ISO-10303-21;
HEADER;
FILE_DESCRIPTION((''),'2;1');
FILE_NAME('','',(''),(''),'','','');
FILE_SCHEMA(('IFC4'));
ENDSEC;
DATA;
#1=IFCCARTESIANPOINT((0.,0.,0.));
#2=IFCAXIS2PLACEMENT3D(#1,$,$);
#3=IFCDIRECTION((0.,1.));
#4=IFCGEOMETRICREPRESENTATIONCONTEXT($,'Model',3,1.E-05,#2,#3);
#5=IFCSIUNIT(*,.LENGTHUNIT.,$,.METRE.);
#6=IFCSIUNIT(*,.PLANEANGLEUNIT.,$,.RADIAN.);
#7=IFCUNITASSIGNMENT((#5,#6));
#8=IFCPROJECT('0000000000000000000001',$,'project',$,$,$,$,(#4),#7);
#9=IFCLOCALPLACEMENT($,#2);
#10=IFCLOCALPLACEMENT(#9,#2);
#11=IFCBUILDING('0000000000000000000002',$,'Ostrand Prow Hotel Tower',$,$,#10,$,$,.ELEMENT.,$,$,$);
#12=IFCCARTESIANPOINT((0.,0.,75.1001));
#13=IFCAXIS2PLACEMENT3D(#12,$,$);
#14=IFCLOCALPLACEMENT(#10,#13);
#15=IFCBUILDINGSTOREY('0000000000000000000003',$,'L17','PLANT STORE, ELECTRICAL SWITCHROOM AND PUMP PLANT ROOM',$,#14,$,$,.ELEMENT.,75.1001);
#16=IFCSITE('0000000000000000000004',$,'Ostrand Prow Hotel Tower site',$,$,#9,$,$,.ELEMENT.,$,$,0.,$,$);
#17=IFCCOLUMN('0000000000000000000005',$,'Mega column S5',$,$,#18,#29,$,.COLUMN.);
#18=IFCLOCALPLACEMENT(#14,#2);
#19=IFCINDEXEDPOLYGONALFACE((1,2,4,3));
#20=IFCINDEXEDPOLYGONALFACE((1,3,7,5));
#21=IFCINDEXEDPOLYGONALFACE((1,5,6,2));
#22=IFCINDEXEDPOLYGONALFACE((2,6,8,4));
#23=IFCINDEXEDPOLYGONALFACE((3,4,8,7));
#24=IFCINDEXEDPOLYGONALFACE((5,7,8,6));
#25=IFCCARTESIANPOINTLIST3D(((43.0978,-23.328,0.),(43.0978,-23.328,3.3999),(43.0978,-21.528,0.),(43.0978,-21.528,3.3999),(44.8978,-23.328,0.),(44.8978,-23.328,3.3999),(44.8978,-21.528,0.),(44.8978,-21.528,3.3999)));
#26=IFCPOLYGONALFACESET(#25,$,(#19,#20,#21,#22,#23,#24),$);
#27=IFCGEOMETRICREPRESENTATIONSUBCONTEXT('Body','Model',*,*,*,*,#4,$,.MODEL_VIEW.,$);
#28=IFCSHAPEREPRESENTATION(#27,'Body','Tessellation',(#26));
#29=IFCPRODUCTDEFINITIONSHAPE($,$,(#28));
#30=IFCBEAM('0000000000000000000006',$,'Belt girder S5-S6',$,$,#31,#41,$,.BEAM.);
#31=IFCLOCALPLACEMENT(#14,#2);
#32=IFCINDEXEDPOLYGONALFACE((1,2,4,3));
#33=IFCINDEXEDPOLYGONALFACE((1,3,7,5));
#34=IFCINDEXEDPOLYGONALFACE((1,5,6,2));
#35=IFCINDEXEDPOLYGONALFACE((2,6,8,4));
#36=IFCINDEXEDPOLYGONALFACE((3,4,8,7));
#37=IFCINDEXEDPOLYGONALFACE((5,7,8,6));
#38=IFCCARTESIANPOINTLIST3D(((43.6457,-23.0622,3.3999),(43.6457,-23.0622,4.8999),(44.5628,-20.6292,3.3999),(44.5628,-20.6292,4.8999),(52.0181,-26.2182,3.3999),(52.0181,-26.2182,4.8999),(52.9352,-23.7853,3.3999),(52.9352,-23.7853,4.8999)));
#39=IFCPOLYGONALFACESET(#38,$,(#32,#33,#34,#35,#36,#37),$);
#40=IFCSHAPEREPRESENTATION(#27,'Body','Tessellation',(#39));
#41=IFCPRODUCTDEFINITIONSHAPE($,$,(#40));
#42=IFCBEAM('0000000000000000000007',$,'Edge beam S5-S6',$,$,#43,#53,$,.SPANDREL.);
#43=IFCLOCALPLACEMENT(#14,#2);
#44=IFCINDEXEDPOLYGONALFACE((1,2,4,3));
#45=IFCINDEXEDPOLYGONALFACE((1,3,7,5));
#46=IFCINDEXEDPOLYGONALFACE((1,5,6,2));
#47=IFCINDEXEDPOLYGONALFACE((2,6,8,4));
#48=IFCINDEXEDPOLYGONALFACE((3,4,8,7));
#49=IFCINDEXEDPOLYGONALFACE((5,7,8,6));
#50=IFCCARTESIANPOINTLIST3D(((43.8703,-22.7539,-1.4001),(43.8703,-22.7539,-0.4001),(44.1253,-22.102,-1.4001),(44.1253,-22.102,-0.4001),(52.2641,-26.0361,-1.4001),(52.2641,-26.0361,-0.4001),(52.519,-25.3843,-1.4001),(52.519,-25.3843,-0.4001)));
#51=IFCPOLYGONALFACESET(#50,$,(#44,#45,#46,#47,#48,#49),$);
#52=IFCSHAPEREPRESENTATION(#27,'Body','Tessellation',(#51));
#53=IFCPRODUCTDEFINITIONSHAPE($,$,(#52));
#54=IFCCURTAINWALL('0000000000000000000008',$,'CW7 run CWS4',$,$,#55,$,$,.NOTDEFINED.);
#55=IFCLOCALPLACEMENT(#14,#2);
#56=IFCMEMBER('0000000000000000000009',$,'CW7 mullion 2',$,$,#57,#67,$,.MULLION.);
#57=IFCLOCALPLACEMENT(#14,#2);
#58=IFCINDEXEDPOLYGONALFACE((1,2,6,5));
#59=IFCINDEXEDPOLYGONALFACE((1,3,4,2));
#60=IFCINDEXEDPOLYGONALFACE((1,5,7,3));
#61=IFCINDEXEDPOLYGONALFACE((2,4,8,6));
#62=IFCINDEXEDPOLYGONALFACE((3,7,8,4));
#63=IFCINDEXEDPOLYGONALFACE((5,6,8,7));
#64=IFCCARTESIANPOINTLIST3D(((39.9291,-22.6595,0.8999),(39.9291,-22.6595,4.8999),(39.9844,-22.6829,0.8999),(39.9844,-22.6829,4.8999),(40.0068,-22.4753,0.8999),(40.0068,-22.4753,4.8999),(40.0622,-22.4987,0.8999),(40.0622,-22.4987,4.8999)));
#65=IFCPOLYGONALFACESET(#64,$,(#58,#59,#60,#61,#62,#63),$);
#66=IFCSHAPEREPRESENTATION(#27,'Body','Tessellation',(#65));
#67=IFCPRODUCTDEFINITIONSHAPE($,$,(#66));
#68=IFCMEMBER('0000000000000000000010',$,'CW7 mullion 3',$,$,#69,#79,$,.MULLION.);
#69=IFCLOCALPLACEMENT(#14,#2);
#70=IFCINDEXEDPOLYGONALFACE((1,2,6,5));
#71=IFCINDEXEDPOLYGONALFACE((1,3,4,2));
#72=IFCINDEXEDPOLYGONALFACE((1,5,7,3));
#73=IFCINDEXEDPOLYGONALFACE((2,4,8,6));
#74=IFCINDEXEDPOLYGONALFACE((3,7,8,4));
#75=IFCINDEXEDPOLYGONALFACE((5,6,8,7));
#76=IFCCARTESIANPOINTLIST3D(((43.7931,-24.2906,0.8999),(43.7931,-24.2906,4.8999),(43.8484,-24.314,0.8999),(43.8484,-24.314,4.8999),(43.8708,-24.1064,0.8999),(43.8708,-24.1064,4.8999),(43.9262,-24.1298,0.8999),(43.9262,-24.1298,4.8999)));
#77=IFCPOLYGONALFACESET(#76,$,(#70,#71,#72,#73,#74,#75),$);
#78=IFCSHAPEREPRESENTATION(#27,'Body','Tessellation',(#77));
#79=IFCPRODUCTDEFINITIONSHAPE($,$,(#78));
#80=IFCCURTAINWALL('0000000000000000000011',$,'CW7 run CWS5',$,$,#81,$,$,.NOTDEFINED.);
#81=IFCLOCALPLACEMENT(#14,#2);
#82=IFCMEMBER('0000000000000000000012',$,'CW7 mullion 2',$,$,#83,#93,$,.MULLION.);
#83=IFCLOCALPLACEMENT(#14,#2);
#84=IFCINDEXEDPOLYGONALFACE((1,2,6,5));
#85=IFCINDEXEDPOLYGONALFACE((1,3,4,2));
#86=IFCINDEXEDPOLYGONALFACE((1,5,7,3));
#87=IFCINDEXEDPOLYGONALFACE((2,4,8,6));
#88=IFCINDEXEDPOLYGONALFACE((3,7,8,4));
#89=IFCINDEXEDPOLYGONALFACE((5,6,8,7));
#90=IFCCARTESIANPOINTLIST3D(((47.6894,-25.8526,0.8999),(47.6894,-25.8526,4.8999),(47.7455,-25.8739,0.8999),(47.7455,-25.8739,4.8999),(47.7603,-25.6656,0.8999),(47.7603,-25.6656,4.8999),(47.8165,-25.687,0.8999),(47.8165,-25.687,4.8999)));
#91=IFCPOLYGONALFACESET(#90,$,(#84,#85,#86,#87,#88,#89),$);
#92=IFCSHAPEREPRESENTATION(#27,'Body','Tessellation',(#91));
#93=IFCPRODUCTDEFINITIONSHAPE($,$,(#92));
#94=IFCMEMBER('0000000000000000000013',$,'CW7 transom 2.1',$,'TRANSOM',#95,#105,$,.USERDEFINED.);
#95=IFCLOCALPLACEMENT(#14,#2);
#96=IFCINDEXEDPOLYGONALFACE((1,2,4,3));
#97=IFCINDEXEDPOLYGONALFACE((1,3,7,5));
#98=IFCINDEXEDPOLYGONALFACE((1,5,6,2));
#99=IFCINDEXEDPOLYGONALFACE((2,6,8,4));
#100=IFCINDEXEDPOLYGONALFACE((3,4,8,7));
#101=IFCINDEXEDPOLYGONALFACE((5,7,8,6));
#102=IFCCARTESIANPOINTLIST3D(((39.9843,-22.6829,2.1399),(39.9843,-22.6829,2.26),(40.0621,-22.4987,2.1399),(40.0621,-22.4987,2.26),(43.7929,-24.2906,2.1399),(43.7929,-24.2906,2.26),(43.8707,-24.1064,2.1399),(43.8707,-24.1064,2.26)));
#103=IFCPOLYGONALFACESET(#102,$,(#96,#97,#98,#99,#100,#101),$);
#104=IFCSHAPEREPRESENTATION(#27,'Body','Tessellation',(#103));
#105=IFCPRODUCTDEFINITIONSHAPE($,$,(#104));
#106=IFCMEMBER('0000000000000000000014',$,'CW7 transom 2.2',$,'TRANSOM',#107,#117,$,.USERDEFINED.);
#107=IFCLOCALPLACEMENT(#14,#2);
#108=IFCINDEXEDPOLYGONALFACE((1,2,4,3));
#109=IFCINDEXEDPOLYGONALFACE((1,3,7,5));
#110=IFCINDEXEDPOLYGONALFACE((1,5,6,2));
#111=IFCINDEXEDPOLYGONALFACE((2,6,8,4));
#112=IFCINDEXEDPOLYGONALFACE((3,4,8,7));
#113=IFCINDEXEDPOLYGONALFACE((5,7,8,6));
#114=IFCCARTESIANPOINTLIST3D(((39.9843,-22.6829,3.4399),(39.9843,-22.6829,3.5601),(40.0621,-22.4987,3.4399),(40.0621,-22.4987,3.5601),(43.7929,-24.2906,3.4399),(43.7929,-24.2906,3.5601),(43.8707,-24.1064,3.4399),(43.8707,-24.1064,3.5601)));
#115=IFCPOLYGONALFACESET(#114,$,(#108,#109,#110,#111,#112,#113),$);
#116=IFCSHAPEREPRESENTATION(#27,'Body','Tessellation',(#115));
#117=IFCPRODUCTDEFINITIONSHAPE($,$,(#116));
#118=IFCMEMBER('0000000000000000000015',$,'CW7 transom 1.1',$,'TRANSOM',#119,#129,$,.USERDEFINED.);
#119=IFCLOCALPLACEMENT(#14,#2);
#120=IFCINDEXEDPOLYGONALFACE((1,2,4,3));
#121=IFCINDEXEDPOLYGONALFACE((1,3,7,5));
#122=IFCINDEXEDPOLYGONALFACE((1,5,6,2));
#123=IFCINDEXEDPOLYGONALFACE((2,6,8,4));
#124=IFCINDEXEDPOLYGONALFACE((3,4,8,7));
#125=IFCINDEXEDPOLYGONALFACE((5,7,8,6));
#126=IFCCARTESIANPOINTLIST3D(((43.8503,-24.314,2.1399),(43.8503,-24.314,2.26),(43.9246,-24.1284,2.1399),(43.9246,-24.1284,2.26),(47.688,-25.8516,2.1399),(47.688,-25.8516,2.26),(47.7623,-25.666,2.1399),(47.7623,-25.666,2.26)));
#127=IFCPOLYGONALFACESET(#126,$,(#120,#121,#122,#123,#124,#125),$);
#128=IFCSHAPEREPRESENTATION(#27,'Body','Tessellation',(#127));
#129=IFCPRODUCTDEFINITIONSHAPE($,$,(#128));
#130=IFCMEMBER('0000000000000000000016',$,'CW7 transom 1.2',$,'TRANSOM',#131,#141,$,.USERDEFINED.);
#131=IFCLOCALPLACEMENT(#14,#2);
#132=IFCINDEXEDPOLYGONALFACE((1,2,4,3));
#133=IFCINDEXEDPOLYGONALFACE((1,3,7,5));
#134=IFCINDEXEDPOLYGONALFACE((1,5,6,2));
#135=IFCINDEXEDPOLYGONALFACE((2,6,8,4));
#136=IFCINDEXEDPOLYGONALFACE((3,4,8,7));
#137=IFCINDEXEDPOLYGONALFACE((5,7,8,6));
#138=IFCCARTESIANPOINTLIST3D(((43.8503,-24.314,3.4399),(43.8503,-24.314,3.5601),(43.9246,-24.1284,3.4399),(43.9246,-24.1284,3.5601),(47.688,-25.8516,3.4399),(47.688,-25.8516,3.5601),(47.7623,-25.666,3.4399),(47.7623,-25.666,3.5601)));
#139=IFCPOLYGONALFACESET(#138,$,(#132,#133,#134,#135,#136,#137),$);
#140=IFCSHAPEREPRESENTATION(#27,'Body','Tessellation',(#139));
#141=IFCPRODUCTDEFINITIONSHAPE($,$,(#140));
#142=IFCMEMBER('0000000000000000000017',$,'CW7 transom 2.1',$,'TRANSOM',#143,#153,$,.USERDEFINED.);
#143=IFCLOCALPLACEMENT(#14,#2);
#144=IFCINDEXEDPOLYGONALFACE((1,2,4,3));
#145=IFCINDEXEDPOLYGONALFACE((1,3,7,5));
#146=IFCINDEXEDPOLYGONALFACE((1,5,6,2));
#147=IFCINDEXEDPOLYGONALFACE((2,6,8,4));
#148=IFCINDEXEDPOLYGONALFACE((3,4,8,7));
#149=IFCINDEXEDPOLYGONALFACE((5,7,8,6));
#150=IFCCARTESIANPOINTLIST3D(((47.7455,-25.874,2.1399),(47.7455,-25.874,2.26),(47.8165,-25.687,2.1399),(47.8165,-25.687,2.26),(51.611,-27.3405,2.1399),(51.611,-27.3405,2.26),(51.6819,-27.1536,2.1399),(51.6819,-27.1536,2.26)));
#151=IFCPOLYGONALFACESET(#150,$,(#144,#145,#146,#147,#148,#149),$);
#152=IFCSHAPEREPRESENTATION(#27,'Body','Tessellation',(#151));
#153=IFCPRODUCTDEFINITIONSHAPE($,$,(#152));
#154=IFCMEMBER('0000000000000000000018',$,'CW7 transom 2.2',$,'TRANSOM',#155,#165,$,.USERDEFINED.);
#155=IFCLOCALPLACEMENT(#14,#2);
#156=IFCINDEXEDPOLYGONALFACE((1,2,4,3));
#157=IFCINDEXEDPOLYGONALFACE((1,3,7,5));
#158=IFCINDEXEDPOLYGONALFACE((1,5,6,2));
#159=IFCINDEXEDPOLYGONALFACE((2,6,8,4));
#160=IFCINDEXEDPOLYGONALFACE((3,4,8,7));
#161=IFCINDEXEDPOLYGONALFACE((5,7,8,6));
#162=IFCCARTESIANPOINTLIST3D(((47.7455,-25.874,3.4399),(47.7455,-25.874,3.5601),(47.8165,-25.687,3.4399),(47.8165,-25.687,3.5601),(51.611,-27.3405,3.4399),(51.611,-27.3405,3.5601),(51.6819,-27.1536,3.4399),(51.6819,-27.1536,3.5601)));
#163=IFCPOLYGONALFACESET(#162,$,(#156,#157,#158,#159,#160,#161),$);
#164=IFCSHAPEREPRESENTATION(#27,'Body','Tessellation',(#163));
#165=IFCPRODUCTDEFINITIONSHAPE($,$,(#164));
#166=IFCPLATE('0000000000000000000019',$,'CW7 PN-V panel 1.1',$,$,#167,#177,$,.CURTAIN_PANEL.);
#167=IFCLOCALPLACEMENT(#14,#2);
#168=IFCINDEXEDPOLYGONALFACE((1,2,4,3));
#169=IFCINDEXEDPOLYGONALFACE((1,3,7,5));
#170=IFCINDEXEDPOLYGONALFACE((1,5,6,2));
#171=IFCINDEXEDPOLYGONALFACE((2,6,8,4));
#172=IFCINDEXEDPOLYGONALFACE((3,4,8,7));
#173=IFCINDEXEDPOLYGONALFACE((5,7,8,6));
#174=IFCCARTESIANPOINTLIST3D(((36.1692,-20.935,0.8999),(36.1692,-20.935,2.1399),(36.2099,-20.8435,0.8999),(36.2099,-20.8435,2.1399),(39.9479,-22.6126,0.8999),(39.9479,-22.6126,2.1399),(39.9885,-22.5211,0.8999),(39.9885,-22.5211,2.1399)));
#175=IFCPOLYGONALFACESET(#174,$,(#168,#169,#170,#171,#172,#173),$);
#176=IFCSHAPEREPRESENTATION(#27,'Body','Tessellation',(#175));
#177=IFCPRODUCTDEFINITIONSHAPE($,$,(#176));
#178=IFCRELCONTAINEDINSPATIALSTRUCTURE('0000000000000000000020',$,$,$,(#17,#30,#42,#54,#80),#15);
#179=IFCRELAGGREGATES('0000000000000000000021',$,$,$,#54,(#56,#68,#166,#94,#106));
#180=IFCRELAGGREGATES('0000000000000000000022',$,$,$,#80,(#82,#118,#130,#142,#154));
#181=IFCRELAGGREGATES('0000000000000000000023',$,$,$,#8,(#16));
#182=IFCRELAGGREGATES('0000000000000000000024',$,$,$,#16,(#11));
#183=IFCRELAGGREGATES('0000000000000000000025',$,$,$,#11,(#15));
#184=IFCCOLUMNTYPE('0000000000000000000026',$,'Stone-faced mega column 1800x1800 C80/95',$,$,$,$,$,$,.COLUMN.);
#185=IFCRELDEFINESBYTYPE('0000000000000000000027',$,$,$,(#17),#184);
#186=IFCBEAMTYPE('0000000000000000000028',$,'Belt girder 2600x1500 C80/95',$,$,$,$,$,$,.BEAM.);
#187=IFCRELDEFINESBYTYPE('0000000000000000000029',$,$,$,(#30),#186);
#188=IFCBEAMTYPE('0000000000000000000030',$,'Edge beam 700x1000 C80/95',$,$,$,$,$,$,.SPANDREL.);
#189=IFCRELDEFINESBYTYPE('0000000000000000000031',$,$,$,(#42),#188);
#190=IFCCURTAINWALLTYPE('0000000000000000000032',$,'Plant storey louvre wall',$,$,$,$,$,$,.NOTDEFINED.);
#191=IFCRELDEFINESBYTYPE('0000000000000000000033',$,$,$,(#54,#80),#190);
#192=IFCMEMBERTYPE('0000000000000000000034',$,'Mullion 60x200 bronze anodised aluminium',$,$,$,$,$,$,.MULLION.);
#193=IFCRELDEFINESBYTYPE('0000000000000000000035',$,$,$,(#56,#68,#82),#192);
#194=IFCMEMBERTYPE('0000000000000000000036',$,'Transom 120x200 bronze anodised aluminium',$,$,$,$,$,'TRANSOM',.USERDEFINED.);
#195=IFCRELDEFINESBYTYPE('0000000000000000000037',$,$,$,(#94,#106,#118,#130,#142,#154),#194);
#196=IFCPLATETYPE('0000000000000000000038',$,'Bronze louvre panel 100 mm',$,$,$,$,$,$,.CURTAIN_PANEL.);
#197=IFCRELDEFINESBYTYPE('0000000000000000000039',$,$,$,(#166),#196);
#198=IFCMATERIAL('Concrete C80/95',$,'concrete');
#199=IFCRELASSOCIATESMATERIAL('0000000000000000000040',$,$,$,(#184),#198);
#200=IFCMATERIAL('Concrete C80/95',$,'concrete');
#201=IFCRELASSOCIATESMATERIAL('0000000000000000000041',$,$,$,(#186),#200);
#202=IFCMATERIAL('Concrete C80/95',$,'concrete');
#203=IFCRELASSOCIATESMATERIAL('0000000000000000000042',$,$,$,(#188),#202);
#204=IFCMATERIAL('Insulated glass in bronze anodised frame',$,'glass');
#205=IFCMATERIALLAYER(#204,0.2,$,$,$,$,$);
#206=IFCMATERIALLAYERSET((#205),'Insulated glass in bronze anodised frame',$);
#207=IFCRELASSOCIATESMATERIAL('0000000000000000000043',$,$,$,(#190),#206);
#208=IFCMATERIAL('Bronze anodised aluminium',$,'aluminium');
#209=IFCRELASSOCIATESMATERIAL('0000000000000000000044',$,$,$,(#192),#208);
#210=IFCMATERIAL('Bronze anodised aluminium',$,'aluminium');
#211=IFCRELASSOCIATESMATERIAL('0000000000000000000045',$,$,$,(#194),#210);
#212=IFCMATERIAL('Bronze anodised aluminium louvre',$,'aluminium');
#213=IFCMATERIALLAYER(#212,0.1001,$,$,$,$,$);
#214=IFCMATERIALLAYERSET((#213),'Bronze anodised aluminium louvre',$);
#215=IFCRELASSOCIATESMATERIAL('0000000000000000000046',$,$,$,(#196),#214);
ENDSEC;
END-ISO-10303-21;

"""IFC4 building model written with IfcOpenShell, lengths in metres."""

from ifc_helpers import new_model, si_unit, direction, frame, origin, origin_2d, place, context, subcontext, project, spatial, rectangle, extrude, material, layer, layer_set, material_profile, profile_set, type_object, element, aggregate, save


model = new_model("IFC4")

# Units and contexts
model_context = context("Model", 3, precision=1e-05, world=origin(), true_north=direction((0.0, 1.0)))
body_context = subcontext(model_context, "Body", "Model", "MODEL_VIEW")
ifc_project = project(units=[si_unit("LENGTHUNIT", "METRE"), si_unit("PLANEANGLEUNIT", "RADIAN")], contexts=[model_context])

# Site, building, storey
site_placement = place(None, origin())
site = spatial("IfcSite", under=ifc_project, at=site_placement, Name="Ostrand Prow Hotel Tower site", CompositionType="ELEMENT", RefElevation=0.0)
building_placement = place(site_placement, origin())
building = spatial("IfcBuilding", under=site, at=building_placement, Name="Ostrand Prow Hotel Tower", CompositionType="ELEMENT")
storey_placement = place(building_placement, frame((0.0, 0.0, 75.1001)))
storey = spatial("IfcBuildingStorey", under=building, at=storey_placement, Name="L17", Description="PLANT STORE, ELECTRICAL SWITCHROOM AND PUMP PLANT ROOM", CompositionType="ELEMENT", Elevation=75.1001)

# Column
ifc_material_1 = material(Name="Concrete C80/95", Category="concrete")
ifc_material_profile_1 = material_profile(ifc_material_1, rectangle(XDim=1.8, YDim=1.8, at=origin_2d()), Name="RC 1800x1800")
ifc_profile_set_1 = profile_set([ifc_material_profile_1], Name="Concrete C80/95")
column_type = type_object("IfcColumnType", Name="Stone-faced mega column 1800x1800 C80/95", PredefinedType="COLUMN", material=ifc_profile_set_1)
column_placement = place(storey_placement, frame((43.9978, -22.428, 0.0), z_axis=(0.0, 0.0, 1.0), x_axis=(1.0, 0.0, 0.0)))
element("IfcColumn", 1, at=column_placement, inside=storey, type_object=column_type, Name="Mega column S5", PredefinedType="COLUMN", context=body_context, shape_type="SweptSolid", body=[
    extrude(rectangle(XDim=1.8, YDim=1.8, at=origin_2d()), origin(), (0.0, 0.0, 1.0), 3.3999),
])

# Beams
ifc_material_2 = material(Name="Concrete C80/95", Category="concrete")
ifc_material_profile_2 = material_profile(ifc_material_2, rectangle(XDim=2.6001, YDim=1.5, at=origin_2d()), Name="RC 2600x1500")
ifc_profile_set_2 = profile_set([ifc_material_profile_2], Name="Concrete C80/95")
beam_type_1 = type_object("IfcBeamType", Name="Belt girder 2600x1500 C80/95", PredefinedType="BEAM", material=ifc_profile_set_2)
beam_1_placement = place(storey_placement, frame((44.1042, -21.8457, 4.1499), z_axis=(0.935726, -0.352729, 0.0), x_axis=(0.352729, 0.935726, 0.0)))
element("IfcBeam", 2, at=beam_1_placement, inside=storey, type_object=beam_type_1, Name="Belt girder S5-S6", PredefinedType="BEAM", context=body_context, shape_type="SweptSolid", body=[
    extrude(rectangle(XDim=2.6001, YDim=1.5, at=origin_2d()), origin(), (0.0, 0.0, 1.0), 8.9475),
])
ifc_material_3 = material(Name="Concrete C80/95", Category="concrete")
ifc_material_profile_3 = material_profile(ifc_material_3, rectangle(XDim=0.7, YDim=1.0, at=origin_2d()), Name="RC 700x1000")
ifc_profile_set_3 = profile_set([ifc_material_profile_3], Name="Concrete C80/95")
beam_type_2 = type_object("IfcBeamType", Name="Edge beam 700x1000 C80/95", PredefinedType="SPANDREL", material=ifc_profile_set_3)
beam_2_placement = place(storey_placement, frame((43.9978, -22.428, -0.9001), z_axis=(0.931329, -0.364178, 0.0), x_axis=(0.364178, 0.931329, 0.0)))
element("IfcBeam", 3, at=beam_2_placement, inside=storey, type_object=beam_type_2, Name="Edge beam S5-S6", PredefinedType="SPANDREL", context=body_context, shape_type="SweptSolid", body=[
    extrude(rectangle(XDim=0.7, YDim=1.0, at=origin_2d()), origin(), (0.0, 0.0, 1.0), 9.0127),
])

# Curtain wall, members
ifc_material_4 = material(Name="Insulated glass in bronze anodised frame", Category="glass")
ifc_layer_1 = layer(ifc_material_4, 0.2)
ifc_layer_set_1 = layer_set([ifc_layer_1], Name="Insulated glass in bronze anodised frame")
curtain_wall_type = type_object("IfcCurtainWallType", Name="Plant storey louvre wall", PredefinedType="NOTDEFINED", material=ifc_layer_set_1)
curtain_wall_1_placement = place(storey_placement, origin())
curtain_wall_1 = element("IfcCurtainWall", 4, at=curtain_wall_1_placement, inside=storey, type_object=curtain_wall_type, Name="CW7 run CWS4", PredefinedType="NOTDEFINED")
ifc_material_5 = material(Name="Bronze anodised aluminium", Category="aluminium")
ifc_material_profile_4 = material_profile(ifc_material_5, rectangle(XDim=0.2, YDim=0.0601, at=origin_2d()), Name="Mullion 60x200 bronze anodised aluminium")
ifc_profile_set_4 = profile_set([ifc_material_profile_4], Name="Bronze anodised aluminium")
member_type_1 = type_object("IfcMemberType", Name="Mullion 60x200 bronze anodised aluminium", PredefinedType="MULLION", material=ifc_profile_set_4)
member_1_placement = place(storey_placement, frame((39.9956, -22.5791, 0.8999), z_axis=(0.0, 0.0, 1.0), x_axis=(0.388892, 0.921283, 0.0)))
member_1 = element("IfcMember", 5, at=member_1_placement, type_object=member_type_1, Name="CW7 mullion 2", PredefinedType="MULLION", context=body_context, shape_type="SweptSolid", body=[
    extrude(rectangle(XDim=0.2, YDim=0.0601, at=origin_2d()), origin(), (0.0, 0.0, 1.0), 4.0),
])
member_2_placement = place(storey_placement, frame((43.8596, -24.2102, 0.8999), z_axis=(0.0, 0.0, 1.0), x_axis=(0.388892, 0.921283, 0.0)))
member_2 = element("IfcMember", 6, at=member_2_placement, type_object=member_type_1, Name="CW7 mullion 3", PredefinedType="MULLION", context=body_context, shape_type="SweptSolid", body=[
    extrude(rectangle(XDim=0.2, YDim=0.0601, at=origin_2d()), origin(), (0.0, 0.0, 1.0), 4.0),
])

# Curtain wall, member
curtain_wall_2_placement = place(storey_placement, origin())
curtain_wall_2 = element("IfcCurtainWall", 7, at=curtain_wall_2_placement, inside=storey, type_object=curtain_wall_type, Name="CW7 run CWS5", PredefinedType="NOTDEFINED")
member_3_placement = place(storey_placement, frame((47.7529, -25.7698, 0.8999), z_axis=(0.0, 0.0, 1.0), x_axis=(0.354728, 0.934969, 0.0)))
member_3 = element("IfcMember", 8, at=member_3_placement, type_object=member_type_1, Name="CW7 mullion 2", PredefinedType="MULLION", context=body_context, shape_type="SweptSolid", body=[
    extrude(rectangle(XDim=0.2, YDim=0.0601, at=origin_2d()), origin(), (0.0, 0.0, 1.0), 4.0),
])

# Members
ifc_material_6 = material(Name="Bronze anodised aluminium", Category="aluminium")
ifc_material_profile_5 = material_profile(ifc_material_6, rectangle(XDim=0.2, YDim=0.1201, at=origin_2d()), Name="Transom 120x200 bronze anodised aluminium")
ifc_profile_set_5 = profile_set([ifc_material_profile_5], Name="Bronze anodised aluminium")
member_type_2 = type_object("IfcMemberType", Name="Transom 120x200 bronze anodised aluminium", ElementType="TRANSOM", PredefinedType="USERDEFINED", material=ifc_profile_set_5)
member_4_placement = place(storey_placement, frame((40.0232, -22.5908, 2.2), z_axis=(0.921285, -0.388888, 0.0), x_axis=(0.388888, 0.921285, 0.0)))
member_4 = element("IfcMember", 9, at=member_4_placement, type_object=member_type_2, Name="CW7 transom 2.1", ObjectType="TRANSOM", PredefinedType="USERDEFINED", context=body_context, shape_type="SweptSolid", body=[
    extrude(rectangle(XDim=0.2, YDim=0.1201, at=origin_2d()), origin(), (0.0, 0.0, 1.0), 4.134),
])
member_5_placement = place(storey_placement, frame((40.0232, -22.5908, 3.5), z_axis=(0.921285, -0.388888, 0.0), x_axis=(0.388888, 0.921285, 0.0)))
member_5 = element("IfcMember", 10, at=member_5_placement, type_object=member_type_2, Name="CW7 transom 2.2", ObjectType="TRANSOM", PredefinedType="USERDEFINED", context=body_context, shape_type="SweptSolid", body=[
    extrude(rectangle(XDim=0.2, YDim=0.1201, at=origin_2d()), origin(), (0.0, 0.0, 1.0), 4.134),
])
member_6_placement = place(storey_placement, frame((43.8875, -24.2212, 2.2), z_axis=(0.928265, -0.37192, 0.0), x_axis=(0.37192, 0.928265, 0.0)))
member_6 = element("IfcMember", 11, at=member_6_placement, type_object=member_type_2, Name="CW7 transom 1.1", ObjectType="TRANSOM", PredefinedType="USERDEFINED", context=body_context, shape_type="SweptSolid", body=[
    extrude(rectangle(XDim=0.2, YDim=0.1201, at=origin_2d()), origin(), (0.0, 0.0, 1.0), 4.1343),
])
member_7_placement = place(storey_placement, frame((43.8875, -24.2212, 3.5), z_axis=(0.928265, -0.37192, 0.0), x_axis=(0.37192, 0.928265, 0.0)))
member_7 = element("IfcMember", 12, at=member_7_placement, type_object=member_type_2, Name="CW7 transom 1.2", ObjectType="TRANSOM", PredefinedType="USERDEFINED", context=body_context, shape_type="SweptSolid", body=[
    extrude(rectangle(XDim=0.2, YDim=0.1201, at=origin_2d()), origin(), (0.0, 0.0, 1.0), 4.1343),
])
member_8_placement = place(storey_placement, frame((47.781, -25.7805, 2.2), z_axis=(0.934971, -0.354725, 0.0), x_axis=(0.354725, 0.934971, 0.0)))
member_8 = element("IfcMember", 13, at=member_8_placement, type_object=member_type_2, Name="CW7 transom 2.1", ObjectType="TRANSOM", PredefinedType="USERDEFINED", context=body_context, shape_type="SweptSolid", body=[
    extrude(rectangle(XDim=0.2, YDim=0.1201, at=origin_2d()), origin(), (0.0, 0.0, 1.0), 4.1343),
])
member_9_placement = place(storey_placement, frame((47.781, -25.7805, 3.5), z_axis=(0.934971, -0.354725, 0.0), x_axis=(0.354725, 0.934971, 0.0)))
member_9 = element("IfcMember", 14, at=member_9_placement, type_object=member_type_2, Name="CW7 transom 2.2", ObjectType="TRANSOM", PredefinedType="USERDEFINED", context=body_context, shape_type="SweptSolid", body=[
    extrude(rectangle(XDim=0.2, YDim=0.1201, at=origin_2d()), origin(), (0.0, 0.0, 1.0), 4.1343),
])

# Plate
ifc_material_7 = material(Name="Bronze anodised aluminium louvre", Category="aluminium")
ifc_layer_2 = layer(ifc_material_7, 0.1001)
ifc_layer_set_2 = layer_set([ifc_layer_2], Name="Bronze anodised aluminium louvre")
plate_type = type_object("IfcPlateType", Name="Bronze louvre panel 100 mm", PredefinedType="CURTAIN_PANEL", material=ifc_layer_set_2)
plate_1_placement = place(storey_placement, frame((38.0789, -21.728, 0.8999), z_axis=(0.0, 0.0, 1.0), x_axis=(0.913971, -0.40578, 0.0)))
plate_1 = element("IfcPlate", 15, at=plate_1_placement, type_object=plate_type, Name="CW7 PN-V panel 1.1", PredefinedType="CURTAIN_PANEL", context=body_context, shape_type="SweptSolid", body=[
    extrude(rectangle(XDim=4.1343, YDim=0.1001, at=origin_2d()), origin(), (0.0, 0.0, 1.0), 1.24),
])
aggregate(curtain_wall_1, [member_1, member_2, plate_1, member_4, member_5])
aggregate(curtain_wall_2, [member_3, member_6, member_7, member_8, member_9])

save(model, "model.ifc")
